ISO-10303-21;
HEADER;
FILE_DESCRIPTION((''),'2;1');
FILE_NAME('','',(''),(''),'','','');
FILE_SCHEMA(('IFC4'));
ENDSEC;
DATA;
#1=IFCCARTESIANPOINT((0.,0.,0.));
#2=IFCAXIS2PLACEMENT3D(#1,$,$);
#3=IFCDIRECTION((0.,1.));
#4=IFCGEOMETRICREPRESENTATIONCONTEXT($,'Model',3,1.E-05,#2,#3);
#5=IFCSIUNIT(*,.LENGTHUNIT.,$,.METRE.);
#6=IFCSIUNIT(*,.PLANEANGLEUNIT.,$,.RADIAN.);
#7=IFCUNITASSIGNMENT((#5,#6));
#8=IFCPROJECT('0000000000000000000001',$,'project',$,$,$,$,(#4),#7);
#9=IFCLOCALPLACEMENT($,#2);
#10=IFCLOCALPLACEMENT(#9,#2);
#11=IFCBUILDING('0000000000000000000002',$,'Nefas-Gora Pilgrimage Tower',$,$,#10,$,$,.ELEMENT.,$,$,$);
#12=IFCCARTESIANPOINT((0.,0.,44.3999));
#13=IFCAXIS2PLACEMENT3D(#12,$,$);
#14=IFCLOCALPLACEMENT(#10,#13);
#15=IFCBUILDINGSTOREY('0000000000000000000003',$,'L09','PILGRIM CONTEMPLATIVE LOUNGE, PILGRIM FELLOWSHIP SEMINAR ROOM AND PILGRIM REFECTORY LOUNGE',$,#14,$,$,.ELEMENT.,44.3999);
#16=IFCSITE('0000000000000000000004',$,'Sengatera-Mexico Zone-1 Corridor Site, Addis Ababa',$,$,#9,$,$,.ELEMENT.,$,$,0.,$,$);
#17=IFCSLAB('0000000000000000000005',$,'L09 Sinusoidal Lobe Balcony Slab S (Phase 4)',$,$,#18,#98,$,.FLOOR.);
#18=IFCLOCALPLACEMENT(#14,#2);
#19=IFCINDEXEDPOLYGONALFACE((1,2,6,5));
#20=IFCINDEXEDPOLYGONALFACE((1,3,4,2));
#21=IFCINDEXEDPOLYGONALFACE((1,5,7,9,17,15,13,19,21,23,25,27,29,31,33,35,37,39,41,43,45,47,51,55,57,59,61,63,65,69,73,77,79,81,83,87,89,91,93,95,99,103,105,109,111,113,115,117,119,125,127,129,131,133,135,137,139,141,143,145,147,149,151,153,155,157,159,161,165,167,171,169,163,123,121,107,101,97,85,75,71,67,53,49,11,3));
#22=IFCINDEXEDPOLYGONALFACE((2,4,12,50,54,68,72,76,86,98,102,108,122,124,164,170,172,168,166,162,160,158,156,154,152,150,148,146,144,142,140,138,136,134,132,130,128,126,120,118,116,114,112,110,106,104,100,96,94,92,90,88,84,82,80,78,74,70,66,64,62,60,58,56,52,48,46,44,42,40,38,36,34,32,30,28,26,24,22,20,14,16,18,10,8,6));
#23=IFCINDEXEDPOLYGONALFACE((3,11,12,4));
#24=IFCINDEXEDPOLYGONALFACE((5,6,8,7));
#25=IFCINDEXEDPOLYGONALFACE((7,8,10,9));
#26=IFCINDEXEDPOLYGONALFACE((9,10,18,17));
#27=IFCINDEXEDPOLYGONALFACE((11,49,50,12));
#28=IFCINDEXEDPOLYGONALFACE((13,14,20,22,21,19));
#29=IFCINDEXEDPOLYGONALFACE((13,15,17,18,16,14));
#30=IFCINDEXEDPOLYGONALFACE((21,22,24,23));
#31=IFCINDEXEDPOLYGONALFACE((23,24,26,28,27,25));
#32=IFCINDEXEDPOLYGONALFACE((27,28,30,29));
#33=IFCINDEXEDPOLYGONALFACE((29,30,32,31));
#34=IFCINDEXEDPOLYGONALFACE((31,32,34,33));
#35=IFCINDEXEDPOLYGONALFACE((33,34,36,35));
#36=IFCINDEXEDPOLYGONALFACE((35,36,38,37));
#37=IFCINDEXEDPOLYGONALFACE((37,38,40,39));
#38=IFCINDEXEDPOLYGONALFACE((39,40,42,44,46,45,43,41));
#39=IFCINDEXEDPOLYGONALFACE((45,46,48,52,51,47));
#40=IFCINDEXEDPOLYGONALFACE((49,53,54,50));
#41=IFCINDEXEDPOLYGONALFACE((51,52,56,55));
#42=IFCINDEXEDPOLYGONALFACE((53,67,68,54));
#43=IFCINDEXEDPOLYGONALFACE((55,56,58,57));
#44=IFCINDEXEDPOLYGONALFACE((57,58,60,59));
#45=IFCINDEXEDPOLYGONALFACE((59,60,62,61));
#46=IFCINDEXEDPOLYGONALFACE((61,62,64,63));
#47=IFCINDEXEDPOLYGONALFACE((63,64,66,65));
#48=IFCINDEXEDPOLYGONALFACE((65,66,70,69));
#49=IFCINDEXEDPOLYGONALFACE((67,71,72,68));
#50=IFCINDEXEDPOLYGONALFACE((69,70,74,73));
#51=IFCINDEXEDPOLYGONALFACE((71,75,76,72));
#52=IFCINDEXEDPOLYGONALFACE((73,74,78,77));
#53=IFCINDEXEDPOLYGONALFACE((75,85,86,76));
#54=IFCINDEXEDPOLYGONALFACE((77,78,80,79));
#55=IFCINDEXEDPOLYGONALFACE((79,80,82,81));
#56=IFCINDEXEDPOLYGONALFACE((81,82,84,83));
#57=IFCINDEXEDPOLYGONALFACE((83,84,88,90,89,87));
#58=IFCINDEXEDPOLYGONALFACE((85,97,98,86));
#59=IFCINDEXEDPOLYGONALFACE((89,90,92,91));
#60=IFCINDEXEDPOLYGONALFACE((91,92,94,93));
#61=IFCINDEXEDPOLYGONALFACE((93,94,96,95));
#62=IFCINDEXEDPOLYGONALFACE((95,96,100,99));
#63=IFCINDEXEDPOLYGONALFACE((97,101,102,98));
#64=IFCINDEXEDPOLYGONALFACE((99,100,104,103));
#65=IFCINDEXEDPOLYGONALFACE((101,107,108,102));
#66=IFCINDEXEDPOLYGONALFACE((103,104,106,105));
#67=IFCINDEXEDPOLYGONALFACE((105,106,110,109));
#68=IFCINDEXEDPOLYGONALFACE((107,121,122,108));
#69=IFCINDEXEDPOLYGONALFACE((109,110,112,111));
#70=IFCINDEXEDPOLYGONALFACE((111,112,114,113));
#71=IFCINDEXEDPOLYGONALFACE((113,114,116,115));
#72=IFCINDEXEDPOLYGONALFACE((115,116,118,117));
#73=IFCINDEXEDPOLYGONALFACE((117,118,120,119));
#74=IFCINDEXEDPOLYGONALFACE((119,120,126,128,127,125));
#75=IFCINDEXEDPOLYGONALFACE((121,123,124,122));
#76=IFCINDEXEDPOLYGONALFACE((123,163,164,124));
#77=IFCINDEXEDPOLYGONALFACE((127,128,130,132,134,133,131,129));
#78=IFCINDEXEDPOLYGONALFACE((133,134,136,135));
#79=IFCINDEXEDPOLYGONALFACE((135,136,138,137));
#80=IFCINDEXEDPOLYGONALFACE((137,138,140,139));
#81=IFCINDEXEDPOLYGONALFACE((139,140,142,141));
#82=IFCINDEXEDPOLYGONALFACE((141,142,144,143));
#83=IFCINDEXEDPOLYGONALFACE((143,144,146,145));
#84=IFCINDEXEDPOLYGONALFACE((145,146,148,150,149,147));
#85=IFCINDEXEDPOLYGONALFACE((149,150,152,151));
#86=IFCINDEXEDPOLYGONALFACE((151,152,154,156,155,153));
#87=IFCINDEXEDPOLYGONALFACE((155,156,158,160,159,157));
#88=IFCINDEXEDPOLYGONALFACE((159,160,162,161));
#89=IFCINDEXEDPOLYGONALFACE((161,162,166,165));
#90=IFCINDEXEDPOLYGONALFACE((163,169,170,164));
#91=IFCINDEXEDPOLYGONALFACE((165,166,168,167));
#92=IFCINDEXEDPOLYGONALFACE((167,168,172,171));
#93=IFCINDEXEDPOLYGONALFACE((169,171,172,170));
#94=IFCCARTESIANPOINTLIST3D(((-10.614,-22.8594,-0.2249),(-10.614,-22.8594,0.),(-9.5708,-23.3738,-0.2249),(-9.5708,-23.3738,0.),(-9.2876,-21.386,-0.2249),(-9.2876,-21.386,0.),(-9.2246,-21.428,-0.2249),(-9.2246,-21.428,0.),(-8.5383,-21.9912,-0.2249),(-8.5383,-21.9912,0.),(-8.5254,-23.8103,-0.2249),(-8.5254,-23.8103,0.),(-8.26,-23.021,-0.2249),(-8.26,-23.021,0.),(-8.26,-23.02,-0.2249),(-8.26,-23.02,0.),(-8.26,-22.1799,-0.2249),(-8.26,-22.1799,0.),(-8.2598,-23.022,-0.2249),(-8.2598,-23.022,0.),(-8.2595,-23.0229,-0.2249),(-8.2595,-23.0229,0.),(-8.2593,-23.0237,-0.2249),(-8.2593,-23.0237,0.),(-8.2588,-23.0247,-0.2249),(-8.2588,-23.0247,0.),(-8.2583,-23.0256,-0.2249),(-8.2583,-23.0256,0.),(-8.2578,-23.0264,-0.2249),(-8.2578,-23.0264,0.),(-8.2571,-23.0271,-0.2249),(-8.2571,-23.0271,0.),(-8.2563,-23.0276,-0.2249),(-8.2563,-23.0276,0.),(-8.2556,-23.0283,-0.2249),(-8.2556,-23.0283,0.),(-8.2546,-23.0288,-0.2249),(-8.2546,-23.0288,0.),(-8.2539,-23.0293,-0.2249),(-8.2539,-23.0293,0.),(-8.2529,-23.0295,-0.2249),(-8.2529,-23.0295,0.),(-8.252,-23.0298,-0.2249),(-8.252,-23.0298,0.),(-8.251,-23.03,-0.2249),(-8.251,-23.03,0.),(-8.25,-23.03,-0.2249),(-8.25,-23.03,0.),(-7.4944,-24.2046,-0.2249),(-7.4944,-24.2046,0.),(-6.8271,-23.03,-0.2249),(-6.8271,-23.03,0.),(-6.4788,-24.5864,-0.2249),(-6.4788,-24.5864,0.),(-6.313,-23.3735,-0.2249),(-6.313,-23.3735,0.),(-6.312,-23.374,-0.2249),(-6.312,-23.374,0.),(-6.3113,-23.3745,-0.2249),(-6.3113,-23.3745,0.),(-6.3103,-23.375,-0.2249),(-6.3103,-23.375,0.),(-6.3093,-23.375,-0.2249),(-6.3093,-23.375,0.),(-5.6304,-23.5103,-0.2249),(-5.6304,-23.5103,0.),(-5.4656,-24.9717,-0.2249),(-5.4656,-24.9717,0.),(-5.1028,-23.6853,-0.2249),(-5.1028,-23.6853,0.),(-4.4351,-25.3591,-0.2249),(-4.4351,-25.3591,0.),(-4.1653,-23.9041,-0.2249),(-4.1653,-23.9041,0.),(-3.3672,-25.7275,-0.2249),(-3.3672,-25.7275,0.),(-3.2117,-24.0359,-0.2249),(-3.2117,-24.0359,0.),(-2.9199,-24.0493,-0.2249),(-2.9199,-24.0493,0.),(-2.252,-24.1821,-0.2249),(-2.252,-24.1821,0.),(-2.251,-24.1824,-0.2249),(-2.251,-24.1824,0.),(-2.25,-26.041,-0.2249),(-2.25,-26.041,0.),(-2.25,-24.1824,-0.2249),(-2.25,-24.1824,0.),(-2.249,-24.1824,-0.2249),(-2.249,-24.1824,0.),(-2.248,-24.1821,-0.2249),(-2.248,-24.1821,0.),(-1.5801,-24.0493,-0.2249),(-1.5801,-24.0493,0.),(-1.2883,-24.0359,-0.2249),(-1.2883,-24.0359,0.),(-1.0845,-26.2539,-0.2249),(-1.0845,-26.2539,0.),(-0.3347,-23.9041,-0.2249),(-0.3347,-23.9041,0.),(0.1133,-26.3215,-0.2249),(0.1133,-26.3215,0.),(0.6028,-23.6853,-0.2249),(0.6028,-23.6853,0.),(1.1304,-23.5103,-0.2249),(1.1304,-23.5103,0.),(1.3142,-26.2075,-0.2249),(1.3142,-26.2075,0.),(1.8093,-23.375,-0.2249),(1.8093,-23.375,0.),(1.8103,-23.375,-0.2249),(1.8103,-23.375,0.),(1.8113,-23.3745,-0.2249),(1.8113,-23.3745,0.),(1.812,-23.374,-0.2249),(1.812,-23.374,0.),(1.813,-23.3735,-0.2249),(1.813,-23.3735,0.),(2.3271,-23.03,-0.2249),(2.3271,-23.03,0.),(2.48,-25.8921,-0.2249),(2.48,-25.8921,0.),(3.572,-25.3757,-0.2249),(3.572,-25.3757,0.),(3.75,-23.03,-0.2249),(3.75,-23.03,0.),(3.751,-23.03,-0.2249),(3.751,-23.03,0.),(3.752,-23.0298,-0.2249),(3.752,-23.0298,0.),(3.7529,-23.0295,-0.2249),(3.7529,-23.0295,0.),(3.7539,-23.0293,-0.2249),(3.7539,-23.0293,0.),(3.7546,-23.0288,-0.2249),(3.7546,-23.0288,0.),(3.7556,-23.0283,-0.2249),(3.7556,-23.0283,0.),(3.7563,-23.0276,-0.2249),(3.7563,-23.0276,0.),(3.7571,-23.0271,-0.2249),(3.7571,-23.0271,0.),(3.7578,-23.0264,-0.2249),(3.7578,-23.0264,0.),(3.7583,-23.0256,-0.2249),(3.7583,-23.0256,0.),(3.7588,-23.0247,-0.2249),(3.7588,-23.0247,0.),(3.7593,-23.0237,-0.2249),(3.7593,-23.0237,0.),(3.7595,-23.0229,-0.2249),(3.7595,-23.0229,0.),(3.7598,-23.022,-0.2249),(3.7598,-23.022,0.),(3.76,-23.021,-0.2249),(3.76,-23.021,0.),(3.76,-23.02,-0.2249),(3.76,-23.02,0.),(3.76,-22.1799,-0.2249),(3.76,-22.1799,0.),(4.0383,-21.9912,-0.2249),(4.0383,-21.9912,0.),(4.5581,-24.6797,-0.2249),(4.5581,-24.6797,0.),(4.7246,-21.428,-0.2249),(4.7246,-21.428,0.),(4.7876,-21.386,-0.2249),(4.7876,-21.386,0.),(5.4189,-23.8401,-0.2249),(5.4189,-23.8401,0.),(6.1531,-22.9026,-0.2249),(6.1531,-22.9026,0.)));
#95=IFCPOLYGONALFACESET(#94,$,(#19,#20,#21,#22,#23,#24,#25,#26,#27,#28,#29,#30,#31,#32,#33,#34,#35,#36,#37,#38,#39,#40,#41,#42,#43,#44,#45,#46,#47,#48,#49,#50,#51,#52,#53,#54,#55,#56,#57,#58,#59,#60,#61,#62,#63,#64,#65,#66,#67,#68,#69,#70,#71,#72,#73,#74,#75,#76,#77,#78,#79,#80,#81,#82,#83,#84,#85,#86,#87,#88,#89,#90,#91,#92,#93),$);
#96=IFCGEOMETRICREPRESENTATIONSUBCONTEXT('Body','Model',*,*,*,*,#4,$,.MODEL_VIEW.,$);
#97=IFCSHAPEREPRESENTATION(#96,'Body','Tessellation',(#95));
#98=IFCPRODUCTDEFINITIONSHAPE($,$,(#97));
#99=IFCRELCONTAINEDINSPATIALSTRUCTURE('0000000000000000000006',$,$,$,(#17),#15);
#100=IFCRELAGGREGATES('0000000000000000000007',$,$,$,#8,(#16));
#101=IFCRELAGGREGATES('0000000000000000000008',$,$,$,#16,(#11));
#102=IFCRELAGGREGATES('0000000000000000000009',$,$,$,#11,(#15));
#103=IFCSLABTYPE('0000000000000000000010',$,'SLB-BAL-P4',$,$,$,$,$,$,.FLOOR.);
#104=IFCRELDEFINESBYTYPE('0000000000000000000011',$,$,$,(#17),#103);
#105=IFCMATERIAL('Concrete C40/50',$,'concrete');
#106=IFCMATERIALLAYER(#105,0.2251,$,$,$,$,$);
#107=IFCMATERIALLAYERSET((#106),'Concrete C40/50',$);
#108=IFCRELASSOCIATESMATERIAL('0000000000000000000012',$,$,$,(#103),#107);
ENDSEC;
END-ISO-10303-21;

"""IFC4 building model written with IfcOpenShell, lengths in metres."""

from ifc_helpers import new_model, si_unit, direction, frame, origin, place, context, subcontext, project, spatial, polyline, outline, extrude, material, layer, layer_set, type_object, element, save


model = new_model("IFC4")

# Units and contexts
model_context = context("Model", 3, precision=1e-05, world=origin(), true_north=direction((0.0, 1.0)))
body_context = subcontext(model_context, "Body", "Model", "MODEL_VIEW")
ifc_project = project(units=[si_unit("LENGTHUNIT", "METRE"), si_unit("PLANEANGLEUNIT", "RADIAN")], contexts=[model_context])

# Site, building, storey
site_placement = place(None, origin())
site = spatial("IfcSite", under=ifc_project, at=site_placement, Name="Sengatera-Mexico Zone-1 Corridor Site, Addis Ababa", CompositionType="ELEMENT", RefElevation=0.0)
building_placement = place(site_placement, origin())
building = spatial("IfcBuilding", under=site, at=building_placement, Name="Nefas-Gora Pilgrimage Tower", CompositionType="ELEMENT")
storey_placement = place(building_placement, frame((0.0, 0.0, 44.3999)))
storey = spatial("IfcBuildingStorey", under=building, at=storey_placement, Name="L09", Description="PILGRIM CONTEMPLATIVE LOUNGE, PILGRIM FELLOWSHIP SEMINAR ROOM AND PILGRIM REFECTORY LOUNGE", CompositionType="ELEMENT", Elevation=44.3999)

# Slab
ifc_material_1 = material(Name="Concrete C40/50", Category="concrete")
ifc_layer_1 = layer(ifc_material_1, 0.2251)
ifc_layer_set_1 = layer_set([ifc_layer_1], Name="Concrete C40/50")
slab_type_1 = type_object("IfcSlabType", Name="SLB-BAL-P4", PredefinedType="FLOOR", material=ifc_layer_set_1)
slab_1_placement = place(storey_placement, frame((0.0, 0.0, -0.2249)))
element("IfcSlab", 1, at=slab_1_placement, inside=storey, type_object=slab_type_1, Name="L09 Sinusoidal Lobe Balcony Slab S (Phase 4)", PredefinedType="FLOOR", context=body_context, shape_type="SweptSolid", body=[
    extrude(outline(polyline([(4.7876, -21.386), (4.7246, -21.428), (4.0383, -21.9912), (3.76, -22.1799), (3.76, -23.02), (3.76, -23.021), (3.7598, -23.022), (3.7595, -23.0229), (3.7593, -23.0237), (3.7588, -23.0247), (3.7583, -23.0256), (3.7578, -23.0264), (3.7571, -23.0271), (3.7563, -23.0276), (3.7556, -23.0283), (3.7546, -23.0288), (3.7539, -23.0293), (3.7529, -23.0295), (3.752, -23.0298), (3.751, -23.03), (3.75, -23.03), (2.3271, -23.03), (1.813, -23.3735), (1.812, -23.374), (1.8113, -23.3745), (1.8103, -23.375), (1.8093, -23.375), (1.1304, -23.5103), (0.6028, -23.6853), (-0.3347, -23.9041), (-1.2883, -24.0359), (-1.5801, -24.0493), (-2.248, -24.1821), (-2.249, -24.1824), (-2.25, -24.1824), (-2.251, -24.1824), (-2.252, -24.1821), (-2.9199, -24.0493), (-3.2117, -24.0359), (-4.1653, -23.9041), (-5.1028, -23.6853), (-5.6304, -23.5103), (-6.3093, -23.375), (-6.3103, -23.375), (-6.3113, -23.3745), (-6.312, -23.374), (-6.313, -23.3735), (-6.8271, -23.03), (-8.25, -23.03), (-8.251, -23.03), (-8.252, -23.0298), (-8.2529, -23.0295), (-8.2539, -23.0293), (-8.2546, -23.0288), (-8.2556, -23.0283), (-8.2563, -23.0276), (-8.2571, -23.0271), (-8.2578, -23.0264), (-8.2583, -23.0256), (-8.2588, -23.0247), (-8.2593, -23.0237), (-8.2595, -23.0229), (-8.2598, -23.022), (-8.26, -23.021), (-8.26, -23.02), (-8.26, -22.1799), (-8.5383, -21.9912), (-9.2246, -21.428), (-9.2876, -21.386), (-10.614, -22.8594), (-9.5708, -23.3738), (-8.5254, -23.8103), (-7.4944, -24.2046), (-6.4788, -24.5864), (-5.4656, -24.9717), (-4.4351, -25.3591), (-3.3672, -25.7275), (-2.25, -26.041), (-1.0845, -26.2539), (0.1133, -26.3215), (1.3142, -26.2075), (2.48, -25.8921), (3.572, -25.3757), (4.5581, -24.6797), (5.4189, -23.8401), (6.1531, -22.9026), (4.7876, -21.386)])), origin(), (0.0, 0.0, 1.0), 0.2249),
])

save(model, "model.ifc")
